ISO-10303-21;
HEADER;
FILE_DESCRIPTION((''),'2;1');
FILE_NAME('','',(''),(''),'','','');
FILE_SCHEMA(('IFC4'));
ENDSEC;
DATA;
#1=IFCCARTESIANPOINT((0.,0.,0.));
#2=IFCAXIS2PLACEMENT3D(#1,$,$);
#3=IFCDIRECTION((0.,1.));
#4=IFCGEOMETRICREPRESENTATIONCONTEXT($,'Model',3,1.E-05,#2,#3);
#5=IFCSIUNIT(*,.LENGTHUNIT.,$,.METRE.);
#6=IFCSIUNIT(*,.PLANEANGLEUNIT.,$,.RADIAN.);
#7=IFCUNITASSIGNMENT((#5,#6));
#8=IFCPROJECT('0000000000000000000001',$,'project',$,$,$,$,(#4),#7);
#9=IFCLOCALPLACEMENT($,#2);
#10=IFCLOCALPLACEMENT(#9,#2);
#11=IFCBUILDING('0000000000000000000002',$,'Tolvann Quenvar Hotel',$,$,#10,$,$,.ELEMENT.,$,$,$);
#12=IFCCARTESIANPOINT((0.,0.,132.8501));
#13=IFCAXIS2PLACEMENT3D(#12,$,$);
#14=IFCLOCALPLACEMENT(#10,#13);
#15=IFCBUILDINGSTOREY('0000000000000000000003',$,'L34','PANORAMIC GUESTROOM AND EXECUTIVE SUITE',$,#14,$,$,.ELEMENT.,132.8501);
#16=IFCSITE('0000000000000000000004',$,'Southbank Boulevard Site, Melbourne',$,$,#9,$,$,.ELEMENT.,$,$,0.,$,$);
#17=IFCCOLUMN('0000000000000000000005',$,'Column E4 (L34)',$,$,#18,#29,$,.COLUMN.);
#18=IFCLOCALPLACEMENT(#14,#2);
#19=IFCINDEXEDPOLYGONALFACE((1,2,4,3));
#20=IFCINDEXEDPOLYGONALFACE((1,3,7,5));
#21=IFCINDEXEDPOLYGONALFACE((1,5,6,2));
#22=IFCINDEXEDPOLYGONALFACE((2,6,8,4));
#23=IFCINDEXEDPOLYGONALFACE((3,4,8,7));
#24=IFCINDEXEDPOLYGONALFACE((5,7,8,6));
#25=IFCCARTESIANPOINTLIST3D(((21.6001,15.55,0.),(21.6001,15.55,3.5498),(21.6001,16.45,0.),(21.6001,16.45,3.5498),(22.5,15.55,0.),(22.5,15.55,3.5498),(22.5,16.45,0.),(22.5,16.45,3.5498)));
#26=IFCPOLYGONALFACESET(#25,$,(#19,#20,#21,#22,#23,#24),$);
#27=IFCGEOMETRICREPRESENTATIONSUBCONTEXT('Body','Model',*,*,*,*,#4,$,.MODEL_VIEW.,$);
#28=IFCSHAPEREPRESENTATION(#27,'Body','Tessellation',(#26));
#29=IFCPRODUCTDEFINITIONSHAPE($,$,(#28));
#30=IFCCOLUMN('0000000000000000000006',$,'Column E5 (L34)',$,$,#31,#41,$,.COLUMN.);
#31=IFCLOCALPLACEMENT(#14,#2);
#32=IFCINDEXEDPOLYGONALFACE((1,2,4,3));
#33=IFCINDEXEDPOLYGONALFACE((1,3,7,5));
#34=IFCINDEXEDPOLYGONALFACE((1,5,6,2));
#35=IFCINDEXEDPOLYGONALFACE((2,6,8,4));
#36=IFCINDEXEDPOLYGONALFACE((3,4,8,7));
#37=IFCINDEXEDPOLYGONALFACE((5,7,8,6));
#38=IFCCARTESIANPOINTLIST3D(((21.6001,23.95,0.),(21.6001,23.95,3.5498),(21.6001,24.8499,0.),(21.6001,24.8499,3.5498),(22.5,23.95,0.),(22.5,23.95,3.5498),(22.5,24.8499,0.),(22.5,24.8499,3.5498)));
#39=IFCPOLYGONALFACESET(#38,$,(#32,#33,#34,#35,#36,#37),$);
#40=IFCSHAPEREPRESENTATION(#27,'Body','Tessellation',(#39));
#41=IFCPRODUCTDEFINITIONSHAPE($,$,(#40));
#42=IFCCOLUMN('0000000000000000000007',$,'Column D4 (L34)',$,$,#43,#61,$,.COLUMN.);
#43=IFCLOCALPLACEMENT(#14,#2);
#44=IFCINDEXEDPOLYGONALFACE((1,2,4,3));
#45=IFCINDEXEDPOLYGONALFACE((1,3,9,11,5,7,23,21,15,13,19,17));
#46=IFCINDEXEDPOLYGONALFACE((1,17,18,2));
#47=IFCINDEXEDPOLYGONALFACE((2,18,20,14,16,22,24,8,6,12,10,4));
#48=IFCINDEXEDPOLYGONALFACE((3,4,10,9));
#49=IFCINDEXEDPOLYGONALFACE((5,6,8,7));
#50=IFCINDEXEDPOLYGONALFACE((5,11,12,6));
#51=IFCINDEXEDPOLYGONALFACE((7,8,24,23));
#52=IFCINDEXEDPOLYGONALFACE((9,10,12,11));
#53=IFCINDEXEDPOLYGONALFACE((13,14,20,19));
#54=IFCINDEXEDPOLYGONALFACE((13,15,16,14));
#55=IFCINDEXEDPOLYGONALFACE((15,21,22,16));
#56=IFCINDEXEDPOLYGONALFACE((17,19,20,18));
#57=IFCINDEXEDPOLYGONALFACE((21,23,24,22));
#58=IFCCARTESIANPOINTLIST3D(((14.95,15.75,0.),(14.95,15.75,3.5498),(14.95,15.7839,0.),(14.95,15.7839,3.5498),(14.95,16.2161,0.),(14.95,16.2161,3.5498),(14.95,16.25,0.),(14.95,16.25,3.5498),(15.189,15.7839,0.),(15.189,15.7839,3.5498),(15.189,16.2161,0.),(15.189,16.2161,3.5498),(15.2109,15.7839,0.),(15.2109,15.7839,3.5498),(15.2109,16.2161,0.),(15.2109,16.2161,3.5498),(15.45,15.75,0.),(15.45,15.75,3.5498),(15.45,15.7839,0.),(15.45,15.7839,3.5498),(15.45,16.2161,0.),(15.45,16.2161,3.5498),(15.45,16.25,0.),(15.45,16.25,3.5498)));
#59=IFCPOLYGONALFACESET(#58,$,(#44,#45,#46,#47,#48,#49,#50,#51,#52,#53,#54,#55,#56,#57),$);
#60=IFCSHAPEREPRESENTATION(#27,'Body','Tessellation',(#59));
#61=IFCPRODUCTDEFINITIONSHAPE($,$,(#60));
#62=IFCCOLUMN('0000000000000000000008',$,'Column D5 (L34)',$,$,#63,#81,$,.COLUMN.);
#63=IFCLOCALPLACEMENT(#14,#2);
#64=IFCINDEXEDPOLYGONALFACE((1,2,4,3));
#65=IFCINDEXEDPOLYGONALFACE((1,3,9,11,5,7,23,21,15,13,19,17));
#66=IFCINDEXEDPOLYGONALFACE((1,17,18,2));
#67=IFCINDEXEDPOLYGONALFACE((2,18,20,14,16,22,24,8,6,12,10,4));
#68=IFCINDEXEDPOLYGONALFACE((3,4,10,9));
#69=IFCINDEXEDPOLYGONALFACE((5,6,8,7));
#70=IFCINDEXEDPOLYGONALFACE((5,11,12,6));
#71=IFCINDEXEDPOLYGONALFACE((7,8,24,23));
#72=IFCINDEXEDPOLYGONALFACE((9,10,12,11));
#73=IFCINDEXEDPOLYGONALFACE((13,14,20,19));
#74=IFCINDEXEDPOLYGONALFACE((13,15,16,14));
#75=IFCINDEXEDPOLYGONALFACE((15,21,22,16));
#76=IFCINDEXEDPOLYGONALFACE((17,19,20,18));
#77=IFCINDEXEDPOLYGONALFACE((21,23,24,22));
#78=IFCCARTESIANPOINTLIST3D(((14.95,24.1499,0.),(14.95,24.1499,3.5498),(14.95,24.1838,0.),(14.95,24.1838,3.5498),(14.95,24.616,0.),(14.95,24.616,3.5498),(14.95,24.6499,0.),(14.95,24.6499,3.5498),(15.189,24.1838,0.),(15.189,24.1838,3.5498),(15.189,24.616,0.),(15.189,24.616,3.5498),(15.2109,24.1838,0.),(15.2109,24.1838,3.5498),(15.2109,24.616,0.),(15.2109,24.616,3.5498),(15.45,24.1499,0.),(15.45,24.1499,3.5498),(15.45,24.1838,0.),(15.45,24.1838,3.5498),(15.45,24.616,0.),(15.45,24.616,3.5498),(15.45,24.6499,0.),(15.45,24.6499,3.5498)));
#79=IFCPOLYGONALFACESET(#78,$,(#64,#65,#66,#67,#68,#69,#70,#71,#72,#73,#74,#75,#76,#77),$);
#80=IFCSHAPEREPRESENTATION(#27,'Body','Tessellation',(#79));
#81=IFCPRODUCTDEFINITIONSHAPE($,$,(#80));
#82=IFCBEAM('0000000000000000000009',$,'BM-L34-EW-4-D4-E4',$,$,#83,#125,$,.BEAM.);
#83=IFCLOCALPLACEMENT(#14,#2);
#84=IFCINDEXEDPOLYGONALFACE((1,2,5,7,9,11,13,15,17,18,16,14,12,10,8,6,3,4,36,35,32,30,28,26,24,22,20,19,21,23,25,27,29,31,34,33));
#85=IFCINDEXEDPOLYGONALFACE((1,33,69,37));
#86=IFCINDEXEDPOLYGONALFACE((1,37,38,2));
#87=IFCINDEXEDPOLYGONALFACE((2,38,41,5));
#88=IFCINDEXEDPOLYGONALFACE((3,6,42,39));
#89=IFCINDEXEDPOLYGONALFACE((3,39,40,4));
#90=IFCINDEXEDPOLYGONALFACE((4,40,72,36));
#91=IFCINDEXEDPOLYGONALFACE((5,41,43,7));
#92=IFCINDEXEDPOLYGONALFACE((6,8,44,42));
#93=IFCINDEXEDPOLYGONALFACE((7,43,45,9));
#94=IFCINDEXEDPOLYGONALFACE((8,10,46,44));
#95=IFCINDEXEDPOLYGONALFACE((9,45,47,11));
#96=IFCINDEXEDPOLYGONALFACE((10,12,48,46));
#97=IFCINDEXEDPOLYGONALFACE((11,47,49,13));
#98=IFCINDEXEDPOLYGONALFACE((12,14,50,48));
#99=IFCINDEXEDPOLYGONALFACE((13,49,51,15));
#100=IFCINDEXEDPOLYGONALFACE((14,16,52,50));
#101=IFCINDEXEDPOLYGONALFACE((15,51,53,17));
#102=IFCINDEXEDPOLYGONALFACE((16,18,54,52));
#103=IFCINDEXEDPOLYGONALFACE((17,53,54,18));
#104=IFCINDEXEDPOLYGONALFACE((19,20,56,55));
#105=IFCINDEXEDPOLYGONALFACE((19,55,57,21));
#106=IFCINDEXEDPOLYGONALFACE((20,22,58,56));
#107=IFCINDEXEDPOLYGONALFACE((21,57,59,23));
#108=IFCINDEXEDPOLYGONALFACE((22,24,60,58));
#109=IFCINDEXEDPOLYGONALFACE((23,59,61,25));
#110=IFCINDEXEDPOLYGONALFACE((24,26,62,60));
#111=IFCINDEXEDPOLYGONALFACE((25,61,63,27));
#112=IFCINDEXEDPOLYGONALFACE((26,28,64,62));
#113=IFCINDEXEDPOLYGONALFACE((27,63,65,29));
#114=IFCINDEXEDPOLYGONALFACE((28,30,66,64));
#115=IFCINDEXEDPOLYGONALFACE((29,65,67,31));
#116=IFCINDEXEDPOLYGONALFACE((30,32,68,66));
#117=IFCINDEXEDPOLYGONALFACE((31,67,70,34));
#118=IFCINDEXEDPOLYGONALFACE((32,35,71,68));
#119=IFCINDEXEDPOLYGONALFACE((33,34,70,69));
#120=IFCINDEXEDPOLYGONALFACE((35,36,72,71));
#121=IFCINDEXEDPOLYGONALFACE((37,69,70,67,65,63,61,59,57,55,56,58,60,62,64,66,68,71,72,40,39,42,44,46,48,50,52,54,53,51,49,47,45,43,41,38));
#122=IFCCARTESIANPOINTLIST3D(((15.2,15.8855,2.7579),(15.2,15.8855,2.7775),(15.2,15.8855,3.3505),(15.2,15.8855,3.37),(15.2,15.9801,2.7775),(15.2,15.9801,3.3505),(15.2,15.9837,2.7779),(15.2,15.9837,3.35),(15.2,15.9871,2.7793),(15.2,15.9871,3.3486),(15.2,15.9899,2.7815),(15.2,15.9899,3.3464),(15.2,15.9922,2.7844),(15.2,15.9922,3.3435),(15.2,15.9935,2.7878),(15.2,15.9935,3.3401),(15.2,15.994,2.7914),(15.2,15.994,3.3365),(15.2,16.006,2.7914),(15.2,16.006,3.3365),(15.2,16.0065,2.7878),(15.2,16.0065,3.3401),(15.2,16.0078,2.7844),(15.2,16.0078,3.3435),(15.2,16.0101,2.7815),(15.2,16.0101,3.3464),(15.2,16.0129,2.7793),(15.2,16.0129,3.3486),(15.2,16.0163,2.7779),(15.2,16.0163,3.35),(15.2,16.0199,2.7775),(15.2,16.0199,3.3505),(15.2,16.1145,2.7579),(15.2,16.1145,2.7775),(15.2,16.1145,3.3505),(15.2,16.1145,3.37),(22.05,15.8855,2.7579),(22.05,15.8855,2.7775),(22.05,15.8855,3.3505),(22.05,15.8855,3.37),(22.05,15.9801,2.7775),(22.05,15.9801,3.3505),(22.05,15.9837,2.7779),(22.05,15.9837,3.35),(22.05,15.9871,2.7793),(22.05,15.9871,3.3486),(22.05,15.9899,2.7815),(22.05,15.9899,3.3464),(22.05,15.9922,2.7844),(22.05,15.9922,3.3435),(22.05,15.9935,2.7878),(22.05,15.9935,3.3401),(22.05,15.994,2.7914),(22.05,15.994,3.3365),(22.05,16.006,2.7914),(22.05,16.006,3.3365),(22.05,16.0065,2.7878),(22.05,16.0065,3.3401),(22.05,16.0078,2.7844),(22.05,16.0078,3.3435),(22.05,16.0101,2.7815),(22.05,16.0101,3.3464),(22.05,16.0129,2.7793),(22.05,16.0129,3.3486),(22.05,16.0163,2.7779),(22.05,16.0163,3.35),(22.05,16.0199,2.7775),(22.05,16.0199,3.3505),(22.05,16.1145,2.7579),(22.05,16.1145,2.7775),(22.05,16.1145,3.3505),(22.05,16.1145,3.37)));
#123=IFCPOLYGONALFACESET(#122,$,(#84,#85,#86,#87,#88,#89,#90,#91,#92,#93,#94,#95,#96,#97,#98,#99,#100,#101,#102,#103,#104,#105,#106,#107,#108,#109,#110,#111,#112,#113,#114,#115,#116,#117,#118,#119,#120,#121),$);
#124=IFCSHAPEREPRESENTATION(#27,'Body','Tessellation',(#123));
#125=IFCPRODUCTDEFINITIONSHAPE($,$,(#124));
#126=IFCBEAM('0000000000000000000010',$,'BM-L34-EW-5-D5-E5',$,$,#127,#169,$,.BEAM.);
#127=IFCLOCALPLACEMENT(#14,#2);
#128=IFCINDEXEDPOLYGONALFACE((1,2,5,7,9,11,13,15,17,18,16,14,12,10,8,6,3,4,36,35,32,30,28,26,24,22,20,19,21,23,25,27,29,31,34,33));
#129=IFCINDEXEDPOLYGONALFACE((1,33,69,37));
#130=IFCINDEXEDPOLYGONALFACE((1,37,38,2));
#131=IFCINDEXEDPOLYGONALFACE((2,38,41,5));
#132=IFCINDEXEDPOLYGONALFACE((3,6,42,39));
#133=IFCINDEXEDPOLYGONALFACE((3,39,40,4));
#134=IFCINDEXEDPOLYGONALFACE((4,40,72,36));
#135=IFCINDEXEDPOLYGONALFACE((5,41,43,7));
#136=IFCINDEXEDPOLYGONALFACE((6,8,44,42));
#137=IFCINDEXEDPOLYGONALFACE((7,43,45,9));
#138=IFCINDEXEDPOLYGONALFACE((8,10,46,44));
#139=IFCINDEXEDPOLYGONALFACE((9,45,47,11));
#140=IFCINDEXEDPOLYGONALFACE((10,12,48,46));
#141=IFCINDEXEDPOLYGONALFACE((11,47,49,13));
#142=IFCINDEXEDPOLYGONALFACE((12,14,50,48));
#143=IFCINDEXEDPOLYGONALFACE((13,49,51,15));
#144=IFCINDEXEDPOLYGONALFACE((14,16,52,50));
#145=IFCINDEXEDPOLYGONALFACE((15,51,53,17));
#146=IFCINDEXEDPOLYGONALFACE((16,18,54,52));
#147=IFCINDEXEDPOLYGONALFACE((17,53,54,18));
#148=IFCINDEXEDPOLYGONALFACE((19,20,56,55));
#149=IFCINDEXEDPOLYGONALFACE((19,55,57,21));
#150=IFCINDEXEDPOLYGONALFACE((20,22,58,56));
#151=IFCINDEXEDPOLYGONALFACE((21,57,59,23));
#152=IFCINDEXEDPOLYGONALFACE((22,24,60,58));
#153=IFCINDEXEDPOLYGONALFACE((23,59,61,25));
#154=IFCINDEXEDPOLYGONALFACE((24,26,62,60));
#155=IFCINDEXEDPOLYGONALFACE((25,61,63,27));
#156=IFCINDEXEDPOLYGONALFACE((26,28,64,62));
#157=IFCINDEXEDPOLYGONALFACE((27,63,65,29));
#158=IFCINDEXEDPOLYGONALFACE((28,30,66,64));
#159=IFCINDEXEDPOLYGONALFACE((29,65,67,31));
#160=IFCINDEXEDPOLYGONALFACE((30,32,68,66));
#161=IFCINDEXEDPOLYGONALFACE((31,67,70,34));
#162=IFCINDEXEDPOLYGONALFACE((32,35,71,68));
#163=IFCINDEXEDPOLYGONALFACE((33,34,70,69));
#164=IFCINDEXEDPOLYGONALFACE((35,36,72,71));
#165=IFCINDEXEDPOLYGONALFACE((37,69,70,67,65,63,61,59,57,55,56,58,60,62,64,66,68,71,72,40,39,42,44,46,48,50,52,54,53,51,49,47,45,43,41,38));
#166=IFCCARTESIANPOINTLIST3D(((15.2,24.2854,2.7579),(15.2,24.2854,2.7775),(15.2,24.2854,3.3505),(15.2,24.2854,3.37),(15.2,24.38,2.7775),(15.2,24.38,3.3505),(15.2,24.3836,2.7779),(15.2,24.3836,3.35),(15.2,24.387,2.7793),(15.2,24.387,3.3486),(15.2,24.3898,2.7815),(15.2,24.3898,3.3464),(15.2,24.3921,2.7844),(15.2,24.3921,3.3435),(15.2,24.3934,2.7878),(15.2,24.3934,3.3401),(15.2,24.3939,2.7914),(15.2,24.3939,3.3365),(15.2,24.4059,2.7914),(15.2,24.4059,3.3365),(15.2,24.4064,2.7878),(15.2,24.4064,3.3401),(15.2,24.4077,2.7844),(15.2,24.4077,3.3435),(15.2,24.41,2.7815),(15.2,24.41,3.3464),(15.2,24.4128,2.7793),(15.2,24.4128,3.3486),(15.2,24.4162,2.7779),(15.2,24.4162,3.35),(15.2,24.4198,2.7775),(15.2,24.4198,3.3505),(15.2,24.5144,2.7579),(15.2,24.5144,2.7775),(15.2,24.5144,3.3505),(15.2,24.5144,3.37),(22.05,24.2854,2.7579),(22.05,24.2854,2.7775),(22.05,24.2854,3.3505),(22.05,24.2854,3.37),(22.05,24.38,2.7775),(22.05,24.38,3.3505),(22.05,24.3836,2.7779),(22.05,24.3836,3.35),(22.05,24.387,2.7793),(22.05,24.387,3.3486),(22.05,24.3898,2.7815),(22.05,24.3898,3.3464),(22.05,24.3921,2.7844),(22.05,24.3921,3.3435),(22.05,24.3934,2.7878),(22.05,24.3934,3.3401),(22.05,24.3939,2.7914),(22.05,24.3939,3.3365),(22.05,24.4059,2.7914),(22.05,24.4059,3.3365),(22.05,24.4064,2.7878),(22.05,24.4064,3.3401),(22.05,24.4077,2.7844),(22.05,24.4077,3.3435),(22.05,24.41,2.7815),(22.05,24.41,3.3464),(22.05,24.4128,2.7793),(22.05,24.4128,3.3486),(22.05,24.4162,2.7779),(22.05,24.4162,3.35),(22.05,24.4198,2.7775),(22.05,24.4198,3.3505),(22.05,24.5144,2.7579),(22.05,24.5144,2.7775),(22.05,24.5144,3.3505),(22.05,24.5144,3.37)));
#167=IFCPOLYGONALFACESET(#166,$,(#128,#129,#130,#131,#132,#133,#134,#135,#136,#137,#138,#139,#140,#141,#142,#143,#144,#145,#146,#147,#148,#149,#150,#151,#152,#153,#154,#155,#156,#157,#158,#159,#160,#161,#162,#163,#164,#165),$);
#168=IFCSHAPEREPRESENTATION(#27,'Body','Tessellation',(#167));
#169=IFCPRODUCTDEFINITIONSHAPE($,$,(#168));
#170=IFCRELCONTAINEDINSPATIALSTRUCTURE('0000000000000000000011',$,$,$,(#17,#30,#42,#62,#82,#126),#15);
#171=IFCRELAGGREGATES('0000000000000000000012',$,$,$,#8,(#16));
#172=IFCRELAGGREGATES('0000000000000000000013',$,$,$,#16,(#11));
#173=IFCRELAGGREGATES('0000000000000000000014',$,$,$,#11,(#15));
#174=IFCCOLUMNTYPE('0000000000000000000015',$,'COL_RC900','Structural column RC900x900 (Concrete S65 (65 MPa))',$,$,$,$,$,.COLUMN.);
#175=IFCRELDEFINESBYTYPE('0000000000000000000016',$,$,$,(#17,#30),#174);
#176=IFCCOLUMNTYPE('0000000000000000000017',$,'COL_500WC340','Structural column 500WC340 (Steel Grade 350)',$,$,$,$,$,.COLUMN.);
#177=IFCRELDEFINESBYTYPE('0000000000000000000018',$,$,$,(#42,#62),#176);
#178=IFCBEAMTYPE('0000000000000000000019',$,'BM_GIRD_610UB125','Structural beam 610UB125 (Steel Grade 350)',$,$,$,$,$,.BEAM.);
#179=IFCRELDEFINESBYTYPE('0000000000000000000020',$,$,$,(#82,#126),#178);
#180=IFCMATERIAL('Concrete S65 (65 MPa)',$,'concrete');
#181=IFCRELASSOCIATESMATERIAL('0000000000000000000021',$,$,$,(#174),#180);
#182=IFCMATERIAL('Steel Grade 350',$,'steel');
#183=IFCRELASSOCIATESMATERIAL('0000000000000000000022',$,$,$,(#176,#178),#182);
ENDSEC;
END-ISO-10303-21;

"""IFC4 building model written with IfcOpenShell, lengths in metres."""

from ifc_helpers import new_model, si_unit, direction, frame, origin, origin_2d, place, context, subcontext, project, spatial, rectangle, i_section, extrude, source, transform, mapped, material, material_profile, profile_set, type_object, type_shapes, element, save


model = new_model("IFC4")

# Units and contexts
model_context = context("Model", 3, precision=1e-05, world=origin(), true_north=direction((0.0, 1.0)))
body_context = subcontext(model_context, "Body", "Model", "MODEL_VIEW")
ifc_project = project(units=[si_unit("LENGTHUNIT", "METRE"), si_unit("PLANEANGLEUNIT", "RADIAN")], contexts=[model_context])

# Site, building, storey
site_placement = place(None, origin())
site = spatial("IfcSite", under=ifc_project, at=site_placement, Name="Southbank Boulevard Site, Melbourne", CompositionType="ELEMENT", RefElevation=0.0)
building_placement = place(site_placement, origin())
building = spatial("IfcBuilding", under=site, at=building_placement, Name="Tolvann Quenvar Hotel", CompositionType="ELEMENT")
storey_placement = place(building_placement, frame((0.0, 0.0, 132.8501)))
storey = spatial("IfcBuildingStorey", under=building, at=storey_placement, Name="L34", Description="PANORAMIC GUESTROOM AND EXECUTIVE SUITE", CompositionType="ELEMENT", Elevation=132.8501)

# Columns
ifc_material_1 = material(Name="Concrete S65 (65 MPa)", Category="concrete")
ifc_material_profile_1 = material_profile(ifc_material_1, rectangle(XDim=0.8999, YDim=0.8999, at=origin_2d()), Name="RC900x900")
ifc_profile_set_1 = profile_set([ifc_material_profile_1], Name="Concrete S65 (65 MPa)")
column_type_1 = type_object("IfcColumnType", Name="COL_RC900", Description="Structural column RC900x900 (Concrete S65 (65 MPa))", PredefinedType="COLUMN", material=ifc_profile_set_1)
shared_shape_1 = source(origin(), body_context, "Body", "SweptSolid", [
    extrude(rectangle(XDim=0.8999, YDim=0.8999, at=origin_2d()), origin(), (0.0, 0.0, 1.0), 3.5498),
])
type_shapes(column_type_1, [shared_shape_1])
for number, where, z_axis, x_axis, name in (
    (1, (22.05, 16.0, 0.0), (0.0, 0.0, 1.0), (1.0, 0.0, 0.0), "Column E4 (L34)"),
    (2, (22.05, 24.3999, 0.0), (0.0, 0.0, 1.0), (1.0, 0.0, 0.0), "Column E5 (L34)"),
):
    element("IfcColumn", number, at=place(storey_placement, frame(where, z_axis=z_axis, x_axis=x_axis)), inside=storey, type_object=column_type_1, Name=name, PredefinedType="COLUMN", context=body_context, shape_type="MappedRepresentation", body=[
        mapped(shared_shape_1, transform((0.0, 0.0, 0.0), x_axis=(1.0, 0.0, 0.0), y_axis=(0.0, 1.0, 0.0), z_axis=(0.0, 0.0, 1.0), scale=1.0)),
    ])
ifc_material_2 = material(Name="Steel Grade 350", Category="steel")
ifc_material_profile_2 = material_profile(ifc_material_2, i_section(OverallWidth=0.5, OverallDepth=0.5, WebThickness=0.022, FlangeThickness=0.0339, at=origin_2d()), Name="500WC340")
ifc_profile_set_2 = profile_set([ifc_material_profile_2], Name="Steel Grade 350")
column_type_2 = type_object("IfcColumnType", Name="COL_500WC340", Description="Structural column 500WC340 (Steel Grade 350)", PredefinedType="COLUMN", material=ifc_profile_set_2)
shared_shape_2 = source(origin(), body_context, "Body", "SweptSolid", [
    extrude(i_section(OverallWidth=0.5, OverallDepth=0.5, WebThickness=0.022, FlangeThickness=0.0339, at=origin_2d()), origin(), (0.0, 0.0, 1.0), 3.5498),
])
type_shapes(column_type_2, [shared_shape_2])
for number, where, z_axis, x_axis, name in (
    (3, (15.2, 16.0, 0.0), (0.0, 0.0, 1.0), (1.0, 0.0, 0.0), "Column D4 (L34)"),
    (4, (15.2, 24.3999, 0.0), (0.0, 0.0, 1.0), (1.0, 0.0, 0.0), "Column D5 (L34)"),
):
    element("IfcColumn", number, at=place(storey_placement, frame(where, z_axis=z_axis, x_axis=x_axis)), inside=storey, type_object=column_type_2, Name=name, PredefinedType="COLUMN", context=body_context, shape_type="MappedRepresentation", body=[
        mapped(shared_shape_2, transform((0.0, 0.0, 0.0), x_axis=(1.0, 0.0, 0.0), y_axis=(0.0, 1.0, 0.0), z_axis=(0.0, 0.0, 1.0), scale=1.0)),
    ])

# Beams
ifc_material_profile_3 = material_profile(ifc_material_2, i_section(OverallWidth=0.229, OverallDepth=0.6121, WebThickness=0.012, FlangeThickness=0.0195, FilletRadius=0.0139, at=origin_2d()), Name="610UB125")
ifc_profile_set_3 = profile_set([ifc_material_profile_3], Name="Steel Grade 350")
beam_type_1 = type_object("IfcBeamType", Name="BM_GIRD_610UB125", Description="Structural beam 610UB125 (Steel Grade 350)", PredefinedType="BEAM", material=ifc_profile_set_3)
shared_shape_3 = source(origin(), body_context, "Body", "SweptSolid", [
    extrude(i_section(OverallWidth=0.229, OverallDepth=0.6121, WebThickness=0.012, FlangeThickness=0.0195, FilletRadius=0.0139, at=origin_2d()), origin(), (0.0, 0.0, 1.0), 6.8501),
])
for number, where, z_axis, x_axis, name in (
    (5, (15.2, 16.0, 3.064), (1.0, 0.0, 0.0), (0.0, 1.0, 0.0), "BM-L34-EW-4-D4-E4"),
    (6, (15.2, 24.3999, 3.064), (1.0, 0.0, 0.0), (0.0, 1.0, 0.0), "BM-L34-EW-5-D5-E5"),
):
    element("IfcBeam", number, at=place(storey_placement, frame(where, z_axis=z_axis, x_axis=x_axis)), inside=storey, type_object=beam_type_1, Name=name, PredefinedType="BEAM", context=body_context, shape_type="MappedRepresentation", body=[
        mapped(shared_shape_3, transform((0.0, 0.0, 0.0), x_axis=(1.0, 0.0, 0.0), y_axis=(0.0, 1.0, 0.0), z_axis=(0.0, 0.0, 1.0), scale=1.0)),
    ])

save(model, "model.ifc")
